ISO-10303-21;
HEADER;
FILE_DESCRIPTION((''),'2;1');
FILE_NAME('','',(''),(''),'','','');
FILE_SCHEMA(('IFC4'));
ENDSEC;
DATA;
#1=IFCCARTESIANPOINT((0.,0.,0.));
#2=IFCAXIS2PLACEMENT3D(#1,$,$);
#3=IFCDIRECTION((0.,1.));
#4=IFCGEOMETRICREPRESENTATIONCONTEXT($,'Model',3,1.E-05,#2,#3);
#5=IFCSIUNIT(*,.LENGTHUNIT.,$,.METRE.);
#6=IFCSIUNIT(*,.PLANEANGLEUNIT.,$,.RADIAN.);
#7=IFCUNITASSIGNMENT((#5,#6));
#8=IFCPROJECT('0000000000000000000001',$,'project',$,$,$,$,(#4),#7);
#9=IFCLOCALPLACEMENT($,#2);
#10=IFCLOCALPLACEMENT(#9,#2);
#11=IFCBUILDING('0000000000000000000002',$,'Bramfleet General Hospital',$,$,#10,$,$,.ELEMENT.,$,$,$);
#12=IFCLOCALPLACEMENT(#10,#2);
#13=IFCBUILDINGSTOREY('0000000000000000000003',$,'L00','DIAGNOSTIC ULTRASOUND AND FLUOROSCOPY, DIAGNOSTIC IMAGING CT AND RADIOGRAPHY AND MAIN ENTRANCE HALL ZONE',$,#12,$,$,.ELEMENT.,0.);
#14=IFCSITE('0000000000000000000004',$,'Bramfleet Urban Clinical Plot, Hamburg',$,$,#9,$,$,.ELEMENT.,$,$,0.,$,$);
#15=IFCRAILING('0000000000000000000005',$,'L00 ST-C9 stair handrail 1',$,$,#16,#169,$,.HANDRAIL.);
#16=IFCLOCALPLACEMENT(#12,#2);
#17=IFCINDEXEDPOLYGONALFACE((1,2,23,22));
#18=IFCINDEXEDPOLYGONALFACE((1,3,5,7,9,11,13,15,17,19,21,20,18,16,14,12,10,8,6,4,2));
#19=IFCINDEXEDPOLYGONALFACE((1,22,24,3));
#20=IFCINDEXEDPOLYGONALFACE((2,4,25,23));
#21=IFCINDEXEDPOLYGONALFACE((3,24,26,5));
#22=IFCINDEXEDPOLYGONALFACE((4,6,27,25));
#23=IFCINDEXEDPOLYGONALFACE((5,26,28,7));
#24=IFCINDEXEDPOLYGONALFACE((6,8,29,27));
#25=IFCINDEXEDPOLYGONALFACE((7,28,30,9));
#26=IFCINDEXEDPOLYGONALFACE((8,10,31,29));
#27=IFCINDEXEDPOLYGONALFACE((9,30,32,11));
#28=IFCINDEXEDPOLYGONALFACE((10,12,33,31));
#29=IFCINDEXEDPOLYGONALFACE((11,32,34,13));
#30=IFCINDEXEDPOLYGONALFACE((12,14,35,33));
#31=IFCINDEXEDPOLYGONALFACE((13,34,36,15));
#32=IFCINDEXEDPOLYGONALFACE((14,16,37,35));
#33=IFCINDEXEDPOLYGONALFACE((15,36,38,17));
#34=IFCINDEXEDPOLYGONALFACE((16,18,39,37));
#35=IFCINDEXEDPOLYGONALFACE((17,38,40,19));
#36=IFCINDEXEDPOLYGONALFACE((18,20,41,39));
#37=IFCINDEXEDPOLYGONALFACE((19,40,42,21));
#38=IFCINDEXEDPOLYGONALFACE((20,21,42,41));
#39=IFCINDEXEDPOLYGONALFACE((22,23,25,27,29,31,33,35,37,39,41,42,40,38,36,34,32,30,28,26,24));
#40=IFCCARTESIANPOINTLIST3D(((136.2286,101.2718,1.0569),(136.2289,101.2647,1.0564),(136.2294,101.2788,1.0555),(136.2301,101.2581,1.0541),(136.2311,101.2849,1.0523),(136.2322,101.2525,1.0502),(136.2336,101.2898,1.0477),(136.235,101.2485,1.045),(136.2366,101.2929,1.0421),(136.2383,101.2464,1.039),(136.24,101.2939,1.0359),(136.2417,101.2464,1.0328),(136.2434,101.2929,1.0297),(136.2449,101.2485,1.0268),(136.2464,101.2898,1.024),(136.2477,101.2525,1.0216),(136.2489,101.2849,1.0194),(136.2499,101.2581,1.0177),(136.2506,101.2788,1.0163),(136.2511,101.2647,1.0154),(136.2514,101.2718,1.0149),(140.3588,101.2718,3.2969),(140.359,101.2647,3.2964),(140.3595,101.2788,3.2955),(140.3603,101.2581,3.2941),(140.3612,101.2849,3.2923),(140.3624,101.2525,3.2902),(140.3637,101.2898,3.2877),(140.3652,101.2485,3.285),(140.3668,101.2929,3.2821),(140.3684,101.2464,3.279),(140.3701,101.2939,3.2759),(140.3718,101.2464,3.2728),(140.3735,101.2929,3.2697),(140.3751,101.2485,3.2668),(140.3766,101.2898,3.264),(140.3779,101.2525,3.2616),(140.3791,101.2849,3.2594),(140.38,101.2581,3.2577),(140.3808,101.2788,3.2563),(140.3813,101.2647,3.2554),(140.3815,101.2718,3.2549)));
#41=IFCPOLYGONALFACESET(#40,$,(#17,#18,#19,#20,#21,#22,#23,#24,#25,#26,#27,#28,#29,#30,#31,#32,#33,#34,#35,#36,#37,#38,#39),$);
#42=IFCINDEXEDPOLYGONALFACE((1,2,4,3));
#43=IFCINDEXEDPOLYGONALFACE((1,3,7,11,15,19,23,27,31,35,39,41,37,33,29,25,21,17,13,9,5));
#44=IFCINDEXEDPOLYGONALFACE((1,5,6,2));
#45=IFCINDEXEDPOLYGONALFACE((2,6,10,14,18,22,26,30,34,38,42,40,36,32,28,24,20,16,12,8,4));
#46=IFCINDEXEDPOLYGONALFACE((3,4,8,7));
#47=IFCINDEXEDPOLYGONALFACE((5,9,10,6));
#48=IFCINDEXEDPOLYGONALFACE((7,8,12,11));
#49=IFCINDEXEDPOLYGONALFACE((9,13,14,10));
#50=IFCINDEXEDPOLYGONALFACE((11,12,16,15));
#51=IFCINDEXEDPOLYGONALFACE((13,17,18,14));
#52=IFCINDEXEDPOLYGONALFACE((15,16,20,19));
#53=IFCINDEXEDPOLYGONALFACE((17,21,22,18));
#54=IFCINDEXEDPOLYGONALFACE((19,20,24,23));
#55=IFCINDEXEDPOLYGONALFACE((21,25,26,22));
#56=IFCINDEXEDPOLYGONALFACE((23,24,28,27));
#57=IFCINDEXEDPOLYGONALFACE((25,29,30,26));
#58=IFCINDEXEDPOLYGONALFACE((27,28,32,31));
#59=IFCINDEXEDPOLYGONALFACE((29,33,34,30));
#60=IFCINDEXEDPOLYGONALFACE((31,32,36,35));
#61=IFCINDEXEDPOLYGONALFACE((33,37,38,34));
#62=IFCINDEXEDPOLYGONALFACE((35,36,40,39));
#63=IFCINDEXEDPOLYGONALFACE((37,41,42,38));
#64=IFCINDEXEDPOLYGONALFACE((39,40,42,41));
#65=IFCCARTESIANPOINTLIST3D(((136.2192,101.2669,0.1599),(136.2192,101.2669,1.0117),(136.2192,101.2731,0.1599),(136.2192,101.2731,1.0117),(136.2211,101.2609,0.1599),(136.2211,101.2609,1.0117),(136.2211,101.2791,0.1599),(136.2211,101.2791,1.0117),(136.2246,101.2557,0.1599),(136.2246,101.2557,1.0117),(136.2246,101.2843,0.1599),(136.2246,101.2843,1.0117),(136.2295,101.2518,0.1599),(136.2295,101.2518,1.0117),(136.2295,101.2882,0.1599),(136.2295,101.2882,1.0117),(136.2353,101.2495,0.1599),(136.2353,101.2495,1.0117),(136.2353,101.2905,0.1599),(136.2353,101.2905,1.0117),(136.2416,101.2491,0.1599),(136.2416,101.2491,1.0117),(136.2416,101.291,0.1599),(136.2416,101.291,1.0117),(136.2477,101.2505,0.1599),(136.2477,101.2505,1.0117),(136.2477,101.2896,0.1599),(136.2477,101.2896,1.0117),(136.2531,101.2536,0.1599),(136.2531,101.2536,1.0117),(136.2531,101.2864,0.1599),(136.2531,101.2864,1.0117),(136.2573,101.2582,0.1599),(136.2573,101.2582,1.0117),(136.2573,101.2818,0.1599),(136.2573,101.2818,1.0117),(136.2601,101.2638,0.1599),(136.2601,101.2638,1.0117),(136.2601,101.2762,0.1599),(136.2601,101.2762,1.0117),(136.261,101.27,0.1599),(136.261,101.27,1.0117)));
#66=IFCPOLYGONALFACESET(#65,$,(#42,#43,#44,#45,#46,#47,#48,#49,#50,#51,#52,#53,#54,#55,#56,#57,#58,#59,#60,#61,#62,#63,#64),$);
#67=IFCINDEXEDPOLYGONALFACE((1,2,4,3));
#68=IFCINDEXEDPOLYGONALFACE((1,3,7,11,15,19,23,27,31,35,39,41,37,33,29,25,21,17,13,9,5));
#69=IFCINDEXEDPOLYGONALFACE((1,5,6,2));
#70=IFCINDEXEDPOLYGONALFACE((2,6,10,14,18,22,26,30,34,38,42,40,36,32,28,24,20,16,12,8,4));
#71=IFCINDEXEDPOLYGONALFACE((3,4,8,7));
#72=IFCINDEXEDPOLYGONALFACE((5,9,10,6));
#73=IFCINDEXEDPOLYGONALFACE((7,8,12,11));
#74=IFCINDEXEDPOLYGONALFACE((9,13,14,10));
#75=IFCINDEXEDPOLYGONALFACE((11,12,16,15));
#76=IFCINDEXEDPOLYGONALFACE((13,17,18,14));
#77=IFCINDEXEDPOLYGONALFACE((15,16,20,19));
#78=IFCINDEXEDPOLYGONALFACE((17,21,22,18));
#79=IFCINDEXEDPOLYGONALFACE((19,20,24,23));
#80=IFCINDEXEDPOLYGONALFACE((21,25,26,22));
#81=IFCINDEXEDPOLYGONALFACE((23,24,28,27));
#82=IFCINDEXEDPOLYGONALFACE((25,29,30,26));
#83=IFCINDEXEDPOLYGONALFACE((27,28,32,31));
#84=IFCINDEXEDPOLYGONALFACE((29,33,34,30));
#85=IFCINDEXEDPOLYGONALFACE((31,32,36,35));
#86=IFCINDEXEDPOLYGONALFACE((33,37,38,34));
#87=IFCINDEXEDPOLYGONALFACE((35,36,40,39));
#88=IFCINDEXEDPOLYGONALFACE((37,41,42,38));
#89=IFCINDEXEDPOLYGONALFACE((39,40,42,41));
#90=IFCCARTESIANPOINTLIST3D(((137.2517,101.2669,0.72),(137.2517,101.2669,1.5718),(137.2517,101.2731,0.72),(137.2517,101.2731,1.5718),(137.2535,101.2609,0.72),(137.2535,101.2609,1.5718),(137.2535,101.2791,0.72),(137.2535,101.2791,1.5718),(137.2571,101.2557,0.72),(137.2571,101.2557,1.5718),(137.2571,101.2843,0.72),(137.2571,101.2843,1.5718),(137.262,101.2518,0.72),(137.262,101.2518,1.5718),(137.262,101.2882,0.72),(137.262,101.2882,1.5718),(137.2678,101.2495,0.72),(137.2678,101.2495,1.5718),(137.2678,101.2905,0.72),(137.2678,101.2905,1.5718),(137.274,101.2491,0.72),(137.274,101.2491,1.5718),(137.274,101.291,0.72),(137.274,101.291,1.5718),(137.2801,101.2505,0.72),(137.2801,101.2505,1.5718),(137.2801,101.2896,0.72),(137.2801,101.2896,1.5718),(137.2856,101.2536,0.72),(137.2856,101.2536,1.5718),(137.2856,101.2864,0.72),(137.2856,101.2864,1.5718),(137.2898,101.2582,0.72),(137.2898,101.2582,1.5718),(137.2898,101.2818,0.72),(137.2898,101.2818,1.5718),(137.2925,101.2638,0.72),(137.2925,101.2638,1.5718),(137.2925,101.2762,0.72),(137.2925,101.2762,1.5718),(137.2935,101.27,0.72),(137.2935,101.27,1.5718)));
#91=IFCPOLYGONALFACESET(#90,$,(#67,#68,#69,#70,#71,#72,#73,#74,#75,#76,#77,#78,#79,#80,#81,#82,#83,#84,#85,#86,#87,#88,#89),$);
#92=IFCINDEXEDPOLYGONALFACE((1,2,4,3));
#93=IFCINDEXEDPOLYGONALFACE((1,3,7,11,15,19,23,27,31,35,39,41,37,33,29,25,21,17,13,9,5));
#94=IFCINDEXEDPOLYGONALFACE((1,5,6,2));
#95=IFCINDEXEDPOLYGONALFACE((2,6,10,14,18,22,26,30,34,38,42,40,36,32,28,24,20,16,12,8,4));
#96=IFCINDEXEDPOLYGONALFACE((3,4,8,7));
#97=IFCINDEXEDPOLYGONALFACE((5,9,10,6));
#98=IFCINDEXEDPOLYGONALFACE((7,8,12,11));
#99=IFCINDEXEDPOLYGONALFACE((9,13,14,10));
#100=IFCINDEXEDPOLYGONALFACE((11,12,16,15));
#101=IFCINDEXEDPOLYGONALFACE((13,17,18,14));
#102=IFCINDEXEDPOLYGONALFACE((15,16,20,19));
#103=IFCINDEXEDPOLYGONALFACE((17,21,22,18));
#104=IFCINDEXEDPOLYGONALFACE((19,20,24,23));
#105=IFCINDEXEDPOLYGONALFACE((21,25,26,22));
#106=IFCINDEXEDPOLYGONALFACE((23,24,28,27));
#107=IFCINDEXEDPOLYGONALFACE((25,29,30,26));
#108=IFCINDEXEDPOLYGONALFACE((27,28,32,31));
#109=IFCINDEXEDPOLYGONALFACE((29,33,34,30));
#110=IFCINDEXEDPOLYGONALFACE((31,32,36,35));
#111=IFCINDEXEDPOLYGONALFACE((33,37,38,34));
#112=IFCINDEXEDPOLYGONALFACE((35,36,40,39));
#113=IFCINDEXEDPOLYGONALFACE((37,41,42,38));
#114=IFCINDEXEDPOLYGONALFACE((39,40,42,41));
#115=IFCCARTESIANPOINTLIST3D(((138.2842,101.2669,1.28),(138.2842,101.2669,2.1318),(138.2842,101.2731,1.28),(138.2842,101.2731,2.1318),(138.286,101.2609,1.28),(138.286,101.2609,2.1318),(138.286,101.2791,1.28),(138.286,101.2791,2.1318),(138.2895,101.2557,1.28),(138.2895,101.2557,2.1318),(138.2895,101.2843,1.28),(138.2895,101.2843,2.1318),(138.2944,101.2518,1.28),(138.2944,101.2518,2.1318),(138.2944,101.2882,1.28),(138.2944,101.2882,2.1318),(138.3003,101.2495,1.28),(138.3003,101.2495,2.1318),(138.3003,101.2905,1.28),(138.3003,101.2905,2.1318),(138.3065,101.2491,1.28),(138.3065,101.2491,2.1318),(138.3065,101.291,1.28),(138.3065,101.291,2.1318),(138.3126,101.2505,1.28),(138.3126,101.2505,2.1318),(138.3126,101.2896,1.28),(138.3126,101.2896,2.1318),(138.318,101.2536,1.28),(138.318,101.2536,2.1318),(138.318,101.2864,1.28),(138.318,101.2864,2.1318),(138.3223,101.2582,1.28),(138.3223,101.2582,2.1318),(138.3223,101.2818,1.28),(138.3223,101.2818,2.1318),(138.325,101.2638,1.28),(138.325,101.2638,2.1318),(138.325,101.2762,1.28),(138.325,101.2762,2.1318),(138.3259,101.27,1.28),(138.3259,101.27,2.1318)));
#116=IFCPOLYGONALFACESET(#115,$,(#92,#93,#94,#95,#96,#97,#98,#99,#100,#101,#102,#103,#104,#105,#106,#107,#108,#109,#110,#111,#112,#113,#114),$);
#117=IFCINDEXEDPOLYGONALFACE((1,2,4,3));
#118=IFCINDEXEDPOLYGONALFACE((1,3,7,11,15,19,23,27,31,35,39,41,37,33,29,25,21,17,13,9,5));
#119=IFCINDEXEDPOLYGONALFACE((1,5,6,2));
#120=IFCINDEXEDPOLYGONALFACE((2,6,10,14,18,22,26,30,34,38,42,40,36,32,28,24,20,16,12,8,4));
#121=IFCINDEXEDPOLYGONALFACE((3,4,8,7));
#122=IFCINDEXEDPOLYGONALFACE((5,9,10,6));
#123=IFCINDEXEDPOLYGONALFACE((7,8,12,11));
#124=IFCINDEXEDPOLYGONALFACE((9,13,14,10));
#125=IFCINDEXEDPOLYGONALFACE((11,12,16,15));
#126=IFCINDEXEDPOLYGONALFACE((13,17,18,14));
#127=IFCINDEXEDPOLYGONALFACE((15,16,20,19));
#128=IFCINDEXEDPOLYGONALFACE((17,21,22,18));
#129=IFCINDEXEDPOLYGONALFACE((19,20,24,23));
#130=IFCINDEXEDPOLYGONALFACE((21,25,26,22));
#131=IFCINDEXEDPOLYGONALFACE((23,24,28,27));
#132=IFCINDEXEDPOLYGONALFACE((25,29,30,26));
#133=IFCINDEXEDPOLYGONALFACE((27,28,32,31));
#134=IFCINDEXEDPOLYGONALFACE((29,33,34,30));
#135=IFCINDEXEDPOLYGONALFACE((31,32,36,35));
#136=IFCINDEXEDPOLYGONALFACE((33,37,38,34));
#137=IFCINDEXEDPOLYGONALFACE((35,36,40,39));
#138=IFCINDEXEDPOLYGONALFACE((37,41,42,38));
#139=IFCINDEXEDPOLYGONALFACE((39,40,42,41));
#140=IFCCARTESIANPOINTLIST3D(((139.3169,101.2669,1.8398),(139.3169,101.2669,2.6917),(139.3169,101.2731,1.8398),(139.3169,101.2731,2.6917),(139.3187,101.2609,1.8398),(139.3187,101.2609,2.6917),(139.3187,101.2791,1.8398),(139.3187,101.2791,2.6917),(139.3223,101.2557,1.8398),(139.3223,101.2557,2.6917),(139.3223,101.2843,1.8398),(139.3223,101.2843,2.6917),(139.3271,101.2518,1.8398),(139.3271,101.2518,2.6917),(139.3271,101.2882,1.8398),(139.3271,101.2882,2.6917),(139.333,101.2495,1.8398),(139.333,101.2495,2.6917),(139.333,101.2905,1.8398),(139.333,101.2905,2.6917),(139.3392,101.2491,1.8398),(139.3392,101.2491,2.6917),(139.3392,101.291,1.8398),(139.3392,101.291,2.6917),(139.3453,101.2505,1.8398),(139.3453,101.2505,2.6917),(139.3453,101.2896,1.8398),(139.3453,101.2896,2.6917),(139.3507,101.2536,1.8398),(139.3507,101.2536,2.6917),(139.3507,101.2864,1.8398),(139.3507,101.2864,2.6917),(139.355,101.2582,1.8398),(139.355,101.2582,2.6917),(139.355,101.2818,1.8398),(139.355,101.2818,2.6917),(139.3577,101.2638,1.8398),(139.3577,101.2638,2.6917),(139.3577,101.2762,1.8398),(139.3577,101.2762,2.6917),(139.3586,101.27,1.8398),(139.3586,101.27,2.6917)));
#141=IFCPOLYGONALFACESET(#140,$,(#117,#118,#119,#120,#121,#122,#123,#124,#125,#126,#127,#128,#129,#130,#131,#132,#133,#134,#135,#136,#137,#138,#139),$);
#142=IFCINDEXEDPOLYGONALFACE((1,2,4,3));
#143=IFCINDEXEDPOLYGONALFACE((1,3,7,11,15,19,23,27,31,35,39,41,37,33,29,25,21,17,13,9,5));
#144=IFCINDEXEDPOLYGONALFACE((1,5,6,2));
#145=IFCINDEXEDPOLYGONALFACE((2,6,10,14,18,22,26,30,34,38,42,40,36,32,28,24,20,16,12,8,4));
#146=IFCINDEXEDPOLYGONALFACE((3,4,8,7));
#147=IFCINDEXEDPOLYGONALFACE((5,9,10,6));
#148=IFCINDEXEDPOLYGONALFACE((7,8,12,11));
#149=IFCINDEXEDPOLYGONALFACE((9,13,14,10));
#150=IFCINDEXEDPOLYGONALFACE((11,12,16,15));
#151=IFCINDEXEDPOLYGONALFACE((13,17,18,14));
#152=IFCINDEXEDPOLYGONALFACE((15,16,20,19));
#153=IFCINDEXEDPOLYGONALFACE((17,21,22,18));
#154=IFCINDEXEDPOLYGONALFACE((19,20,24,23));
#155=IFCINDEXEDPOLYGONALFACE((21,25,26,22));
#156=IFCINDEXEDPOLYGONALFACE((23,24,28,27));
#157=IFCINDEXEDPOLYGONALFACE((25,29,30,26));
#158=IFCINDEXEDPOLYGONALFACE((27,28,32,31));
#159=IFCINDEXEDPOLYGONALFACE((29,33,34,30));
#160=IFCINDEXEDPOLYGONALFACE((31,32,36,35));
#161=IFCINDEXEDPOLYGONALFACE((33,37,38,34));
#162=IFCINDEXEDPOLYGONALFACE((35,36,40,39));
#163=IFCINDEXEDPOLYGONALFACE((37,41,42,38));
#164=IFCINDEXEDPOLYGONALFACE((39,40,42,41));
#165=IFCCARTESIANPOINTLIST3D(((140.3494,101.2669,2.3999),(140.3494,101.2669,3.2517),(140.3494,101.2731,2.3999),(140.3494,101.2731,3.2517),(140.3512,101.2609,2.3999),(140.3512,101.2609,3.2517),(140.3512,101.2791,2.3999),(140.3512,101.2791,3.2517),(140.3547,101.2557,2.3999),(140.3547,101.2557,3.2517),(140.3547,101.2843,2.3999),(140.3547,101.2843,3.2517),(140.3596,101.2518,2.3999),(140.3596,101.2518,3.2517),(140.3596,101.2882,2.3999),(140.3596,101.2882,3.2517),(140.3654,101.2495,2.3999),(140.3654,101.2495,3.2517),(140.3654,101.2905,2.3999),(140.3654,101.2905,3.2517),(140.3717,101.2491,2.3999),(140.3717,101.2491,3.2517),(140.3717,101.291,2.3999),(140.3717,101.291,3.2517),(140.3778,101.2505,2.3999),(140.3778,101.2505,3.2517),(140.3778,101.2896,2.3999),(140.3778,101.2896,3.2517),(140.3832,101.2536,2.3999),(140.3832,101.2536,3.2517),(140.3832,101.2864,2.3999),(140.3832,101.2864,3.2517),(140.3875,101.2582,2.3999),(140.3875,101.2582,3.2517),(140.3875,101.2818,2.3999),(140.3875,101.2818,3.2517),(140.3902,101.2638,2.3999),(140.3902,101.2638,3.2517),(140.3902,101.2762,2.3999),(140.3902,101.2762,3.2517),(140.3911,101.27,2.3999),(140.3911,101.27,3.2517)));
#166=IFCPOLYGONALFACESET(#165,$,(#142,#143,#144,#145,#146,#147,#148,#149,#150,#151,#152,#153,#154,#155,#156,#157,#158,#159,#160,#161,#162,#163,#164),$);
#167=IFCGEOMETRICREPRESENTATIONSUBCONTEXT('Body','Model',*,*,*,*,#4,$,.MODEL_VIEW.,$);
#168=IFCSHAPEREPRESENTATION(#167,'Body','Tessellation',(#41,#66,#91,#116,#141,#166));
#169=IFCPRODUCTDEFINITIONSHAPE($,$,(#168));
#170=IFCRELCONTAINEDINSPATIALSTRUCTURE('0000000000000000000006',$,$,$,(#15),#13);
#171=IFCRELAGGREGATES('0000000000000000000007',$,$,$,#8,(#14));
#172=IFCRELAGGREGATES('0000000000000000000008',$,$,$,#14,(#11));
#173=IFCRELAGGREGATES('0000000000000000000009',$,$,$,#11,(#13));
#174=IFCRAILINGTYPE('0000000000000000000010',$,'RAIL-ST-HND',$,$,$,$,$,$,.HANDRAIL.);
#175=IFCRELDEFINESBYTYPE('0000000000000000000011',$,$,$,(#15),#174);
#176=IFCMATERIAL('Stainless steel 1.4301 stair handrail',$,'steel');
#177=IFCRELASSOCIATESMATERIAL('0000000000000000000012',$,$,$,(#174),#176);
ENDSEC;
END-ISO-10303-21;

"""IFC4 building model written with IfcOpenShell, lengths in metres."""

from ifc_helpers import new_model, si_unit, direction, frame, origin, origin_2d, place, context, subcontext, project, spatial, circle, extrude, material, type_object, element, save


model = new_model("IFC4")

# Units and contexts
model_context = context("Model", 3, precision=1e-05, world=origin(), true_north=direction((0.0, 1.0)))
body_context = subcontext(model_context, "Body", "Model", "MODEL_VIEW")
ifc_project = project(units=[si_unit("LENGTHUNIT", "METRE"), si_unit("PLANEANGLEUNIT", "RADIAN")], contexts=[model_context])

# Site, building, storey
site_placement = place(None, origin())
site = spatial("IfcSite", under=ifc_project, at=site_placement, Name="Bramfleet Urban Clinical Plot, Hamburg", CompositionType="ELEMENT", RefElevation=0.0)
building_placement = place(site_placement, origin())
building = spatial("IfcBuilding", under=site, at=building_placement, Name="Bramfleet General Hospital", CompositionType="ELEMENT")
storey_placement = place(building_placement, origin())
storey = spatial("IfcBuildingStorey", under=building, at=storey_placement, Name="L00", Description="DIAGNOSTIC ULTRASOUND AND FLUOROSCOPY, DIAGNOSTIC IMAGING CT AND RADIOGRAPHY AND MAIN ENTRANCE HALL ZONE", CompositionType="ELEMENT", Elevation=0.0)

# Railing
ifc_material_1 = material(Name="Stainless steel 1.4301 stair handrail", Category="steel")
railing_type_1 = type_object("IfcRailingType", Name="RAIL-ST-HND", PredefinedType="HANDRAIL", material=ifc_material_1)
railing_1_placement = place(storey_placement, frame((136.24, 101.27, 0.1599)))
element("IfcRailing", 1, at=railing_1_placement, inside=storey, type_object=railing_type_1, Name="L00 ST-C9 stair handrail 1", PredefinedType="HANDRAIL", context=body_context, shape_type="SweptSolid", body=[
    extrude(circle(Radius=0.0239, at=origin_2d()), frame((0.0, 0.0, 0.876), z_axis=(0.879039, 0.0, 0.47675), x_axis=(0.0, 1.0, 0.0)), (0.0, 0.0, 1.0), 4.6985),
    extrude(circle(Radius=0.021, at=origin_2d()), origin(), (0.0, 0.0, 1.0), 0.8518),
    extrude(circle(Radius=0.021, at=origin_2d()), frame((1.0325, 0.0, 0.5601)), (0.0, 0.0, 1.0), 0.8518),
    extrude(circle(Radius=0.021, at=origin_2d()), frame((2.0649, 0.0, 1.1201)), (0.0, 0.0, 1.0), 0.8518),
    extrude(circle(Radius=0.021, at=origin_2d()), frame((3.0977, 0.0, 1.6799)), (0.0, 0.0, 1.0), 0.8518),
    extrude(circle(Radius=0.021, at=origin_2d()), frame((4.1301, 0.0, 2.24)), (0.0, 0.0, 1.0), 0.8518),
])

save(model, "model.ifc")
